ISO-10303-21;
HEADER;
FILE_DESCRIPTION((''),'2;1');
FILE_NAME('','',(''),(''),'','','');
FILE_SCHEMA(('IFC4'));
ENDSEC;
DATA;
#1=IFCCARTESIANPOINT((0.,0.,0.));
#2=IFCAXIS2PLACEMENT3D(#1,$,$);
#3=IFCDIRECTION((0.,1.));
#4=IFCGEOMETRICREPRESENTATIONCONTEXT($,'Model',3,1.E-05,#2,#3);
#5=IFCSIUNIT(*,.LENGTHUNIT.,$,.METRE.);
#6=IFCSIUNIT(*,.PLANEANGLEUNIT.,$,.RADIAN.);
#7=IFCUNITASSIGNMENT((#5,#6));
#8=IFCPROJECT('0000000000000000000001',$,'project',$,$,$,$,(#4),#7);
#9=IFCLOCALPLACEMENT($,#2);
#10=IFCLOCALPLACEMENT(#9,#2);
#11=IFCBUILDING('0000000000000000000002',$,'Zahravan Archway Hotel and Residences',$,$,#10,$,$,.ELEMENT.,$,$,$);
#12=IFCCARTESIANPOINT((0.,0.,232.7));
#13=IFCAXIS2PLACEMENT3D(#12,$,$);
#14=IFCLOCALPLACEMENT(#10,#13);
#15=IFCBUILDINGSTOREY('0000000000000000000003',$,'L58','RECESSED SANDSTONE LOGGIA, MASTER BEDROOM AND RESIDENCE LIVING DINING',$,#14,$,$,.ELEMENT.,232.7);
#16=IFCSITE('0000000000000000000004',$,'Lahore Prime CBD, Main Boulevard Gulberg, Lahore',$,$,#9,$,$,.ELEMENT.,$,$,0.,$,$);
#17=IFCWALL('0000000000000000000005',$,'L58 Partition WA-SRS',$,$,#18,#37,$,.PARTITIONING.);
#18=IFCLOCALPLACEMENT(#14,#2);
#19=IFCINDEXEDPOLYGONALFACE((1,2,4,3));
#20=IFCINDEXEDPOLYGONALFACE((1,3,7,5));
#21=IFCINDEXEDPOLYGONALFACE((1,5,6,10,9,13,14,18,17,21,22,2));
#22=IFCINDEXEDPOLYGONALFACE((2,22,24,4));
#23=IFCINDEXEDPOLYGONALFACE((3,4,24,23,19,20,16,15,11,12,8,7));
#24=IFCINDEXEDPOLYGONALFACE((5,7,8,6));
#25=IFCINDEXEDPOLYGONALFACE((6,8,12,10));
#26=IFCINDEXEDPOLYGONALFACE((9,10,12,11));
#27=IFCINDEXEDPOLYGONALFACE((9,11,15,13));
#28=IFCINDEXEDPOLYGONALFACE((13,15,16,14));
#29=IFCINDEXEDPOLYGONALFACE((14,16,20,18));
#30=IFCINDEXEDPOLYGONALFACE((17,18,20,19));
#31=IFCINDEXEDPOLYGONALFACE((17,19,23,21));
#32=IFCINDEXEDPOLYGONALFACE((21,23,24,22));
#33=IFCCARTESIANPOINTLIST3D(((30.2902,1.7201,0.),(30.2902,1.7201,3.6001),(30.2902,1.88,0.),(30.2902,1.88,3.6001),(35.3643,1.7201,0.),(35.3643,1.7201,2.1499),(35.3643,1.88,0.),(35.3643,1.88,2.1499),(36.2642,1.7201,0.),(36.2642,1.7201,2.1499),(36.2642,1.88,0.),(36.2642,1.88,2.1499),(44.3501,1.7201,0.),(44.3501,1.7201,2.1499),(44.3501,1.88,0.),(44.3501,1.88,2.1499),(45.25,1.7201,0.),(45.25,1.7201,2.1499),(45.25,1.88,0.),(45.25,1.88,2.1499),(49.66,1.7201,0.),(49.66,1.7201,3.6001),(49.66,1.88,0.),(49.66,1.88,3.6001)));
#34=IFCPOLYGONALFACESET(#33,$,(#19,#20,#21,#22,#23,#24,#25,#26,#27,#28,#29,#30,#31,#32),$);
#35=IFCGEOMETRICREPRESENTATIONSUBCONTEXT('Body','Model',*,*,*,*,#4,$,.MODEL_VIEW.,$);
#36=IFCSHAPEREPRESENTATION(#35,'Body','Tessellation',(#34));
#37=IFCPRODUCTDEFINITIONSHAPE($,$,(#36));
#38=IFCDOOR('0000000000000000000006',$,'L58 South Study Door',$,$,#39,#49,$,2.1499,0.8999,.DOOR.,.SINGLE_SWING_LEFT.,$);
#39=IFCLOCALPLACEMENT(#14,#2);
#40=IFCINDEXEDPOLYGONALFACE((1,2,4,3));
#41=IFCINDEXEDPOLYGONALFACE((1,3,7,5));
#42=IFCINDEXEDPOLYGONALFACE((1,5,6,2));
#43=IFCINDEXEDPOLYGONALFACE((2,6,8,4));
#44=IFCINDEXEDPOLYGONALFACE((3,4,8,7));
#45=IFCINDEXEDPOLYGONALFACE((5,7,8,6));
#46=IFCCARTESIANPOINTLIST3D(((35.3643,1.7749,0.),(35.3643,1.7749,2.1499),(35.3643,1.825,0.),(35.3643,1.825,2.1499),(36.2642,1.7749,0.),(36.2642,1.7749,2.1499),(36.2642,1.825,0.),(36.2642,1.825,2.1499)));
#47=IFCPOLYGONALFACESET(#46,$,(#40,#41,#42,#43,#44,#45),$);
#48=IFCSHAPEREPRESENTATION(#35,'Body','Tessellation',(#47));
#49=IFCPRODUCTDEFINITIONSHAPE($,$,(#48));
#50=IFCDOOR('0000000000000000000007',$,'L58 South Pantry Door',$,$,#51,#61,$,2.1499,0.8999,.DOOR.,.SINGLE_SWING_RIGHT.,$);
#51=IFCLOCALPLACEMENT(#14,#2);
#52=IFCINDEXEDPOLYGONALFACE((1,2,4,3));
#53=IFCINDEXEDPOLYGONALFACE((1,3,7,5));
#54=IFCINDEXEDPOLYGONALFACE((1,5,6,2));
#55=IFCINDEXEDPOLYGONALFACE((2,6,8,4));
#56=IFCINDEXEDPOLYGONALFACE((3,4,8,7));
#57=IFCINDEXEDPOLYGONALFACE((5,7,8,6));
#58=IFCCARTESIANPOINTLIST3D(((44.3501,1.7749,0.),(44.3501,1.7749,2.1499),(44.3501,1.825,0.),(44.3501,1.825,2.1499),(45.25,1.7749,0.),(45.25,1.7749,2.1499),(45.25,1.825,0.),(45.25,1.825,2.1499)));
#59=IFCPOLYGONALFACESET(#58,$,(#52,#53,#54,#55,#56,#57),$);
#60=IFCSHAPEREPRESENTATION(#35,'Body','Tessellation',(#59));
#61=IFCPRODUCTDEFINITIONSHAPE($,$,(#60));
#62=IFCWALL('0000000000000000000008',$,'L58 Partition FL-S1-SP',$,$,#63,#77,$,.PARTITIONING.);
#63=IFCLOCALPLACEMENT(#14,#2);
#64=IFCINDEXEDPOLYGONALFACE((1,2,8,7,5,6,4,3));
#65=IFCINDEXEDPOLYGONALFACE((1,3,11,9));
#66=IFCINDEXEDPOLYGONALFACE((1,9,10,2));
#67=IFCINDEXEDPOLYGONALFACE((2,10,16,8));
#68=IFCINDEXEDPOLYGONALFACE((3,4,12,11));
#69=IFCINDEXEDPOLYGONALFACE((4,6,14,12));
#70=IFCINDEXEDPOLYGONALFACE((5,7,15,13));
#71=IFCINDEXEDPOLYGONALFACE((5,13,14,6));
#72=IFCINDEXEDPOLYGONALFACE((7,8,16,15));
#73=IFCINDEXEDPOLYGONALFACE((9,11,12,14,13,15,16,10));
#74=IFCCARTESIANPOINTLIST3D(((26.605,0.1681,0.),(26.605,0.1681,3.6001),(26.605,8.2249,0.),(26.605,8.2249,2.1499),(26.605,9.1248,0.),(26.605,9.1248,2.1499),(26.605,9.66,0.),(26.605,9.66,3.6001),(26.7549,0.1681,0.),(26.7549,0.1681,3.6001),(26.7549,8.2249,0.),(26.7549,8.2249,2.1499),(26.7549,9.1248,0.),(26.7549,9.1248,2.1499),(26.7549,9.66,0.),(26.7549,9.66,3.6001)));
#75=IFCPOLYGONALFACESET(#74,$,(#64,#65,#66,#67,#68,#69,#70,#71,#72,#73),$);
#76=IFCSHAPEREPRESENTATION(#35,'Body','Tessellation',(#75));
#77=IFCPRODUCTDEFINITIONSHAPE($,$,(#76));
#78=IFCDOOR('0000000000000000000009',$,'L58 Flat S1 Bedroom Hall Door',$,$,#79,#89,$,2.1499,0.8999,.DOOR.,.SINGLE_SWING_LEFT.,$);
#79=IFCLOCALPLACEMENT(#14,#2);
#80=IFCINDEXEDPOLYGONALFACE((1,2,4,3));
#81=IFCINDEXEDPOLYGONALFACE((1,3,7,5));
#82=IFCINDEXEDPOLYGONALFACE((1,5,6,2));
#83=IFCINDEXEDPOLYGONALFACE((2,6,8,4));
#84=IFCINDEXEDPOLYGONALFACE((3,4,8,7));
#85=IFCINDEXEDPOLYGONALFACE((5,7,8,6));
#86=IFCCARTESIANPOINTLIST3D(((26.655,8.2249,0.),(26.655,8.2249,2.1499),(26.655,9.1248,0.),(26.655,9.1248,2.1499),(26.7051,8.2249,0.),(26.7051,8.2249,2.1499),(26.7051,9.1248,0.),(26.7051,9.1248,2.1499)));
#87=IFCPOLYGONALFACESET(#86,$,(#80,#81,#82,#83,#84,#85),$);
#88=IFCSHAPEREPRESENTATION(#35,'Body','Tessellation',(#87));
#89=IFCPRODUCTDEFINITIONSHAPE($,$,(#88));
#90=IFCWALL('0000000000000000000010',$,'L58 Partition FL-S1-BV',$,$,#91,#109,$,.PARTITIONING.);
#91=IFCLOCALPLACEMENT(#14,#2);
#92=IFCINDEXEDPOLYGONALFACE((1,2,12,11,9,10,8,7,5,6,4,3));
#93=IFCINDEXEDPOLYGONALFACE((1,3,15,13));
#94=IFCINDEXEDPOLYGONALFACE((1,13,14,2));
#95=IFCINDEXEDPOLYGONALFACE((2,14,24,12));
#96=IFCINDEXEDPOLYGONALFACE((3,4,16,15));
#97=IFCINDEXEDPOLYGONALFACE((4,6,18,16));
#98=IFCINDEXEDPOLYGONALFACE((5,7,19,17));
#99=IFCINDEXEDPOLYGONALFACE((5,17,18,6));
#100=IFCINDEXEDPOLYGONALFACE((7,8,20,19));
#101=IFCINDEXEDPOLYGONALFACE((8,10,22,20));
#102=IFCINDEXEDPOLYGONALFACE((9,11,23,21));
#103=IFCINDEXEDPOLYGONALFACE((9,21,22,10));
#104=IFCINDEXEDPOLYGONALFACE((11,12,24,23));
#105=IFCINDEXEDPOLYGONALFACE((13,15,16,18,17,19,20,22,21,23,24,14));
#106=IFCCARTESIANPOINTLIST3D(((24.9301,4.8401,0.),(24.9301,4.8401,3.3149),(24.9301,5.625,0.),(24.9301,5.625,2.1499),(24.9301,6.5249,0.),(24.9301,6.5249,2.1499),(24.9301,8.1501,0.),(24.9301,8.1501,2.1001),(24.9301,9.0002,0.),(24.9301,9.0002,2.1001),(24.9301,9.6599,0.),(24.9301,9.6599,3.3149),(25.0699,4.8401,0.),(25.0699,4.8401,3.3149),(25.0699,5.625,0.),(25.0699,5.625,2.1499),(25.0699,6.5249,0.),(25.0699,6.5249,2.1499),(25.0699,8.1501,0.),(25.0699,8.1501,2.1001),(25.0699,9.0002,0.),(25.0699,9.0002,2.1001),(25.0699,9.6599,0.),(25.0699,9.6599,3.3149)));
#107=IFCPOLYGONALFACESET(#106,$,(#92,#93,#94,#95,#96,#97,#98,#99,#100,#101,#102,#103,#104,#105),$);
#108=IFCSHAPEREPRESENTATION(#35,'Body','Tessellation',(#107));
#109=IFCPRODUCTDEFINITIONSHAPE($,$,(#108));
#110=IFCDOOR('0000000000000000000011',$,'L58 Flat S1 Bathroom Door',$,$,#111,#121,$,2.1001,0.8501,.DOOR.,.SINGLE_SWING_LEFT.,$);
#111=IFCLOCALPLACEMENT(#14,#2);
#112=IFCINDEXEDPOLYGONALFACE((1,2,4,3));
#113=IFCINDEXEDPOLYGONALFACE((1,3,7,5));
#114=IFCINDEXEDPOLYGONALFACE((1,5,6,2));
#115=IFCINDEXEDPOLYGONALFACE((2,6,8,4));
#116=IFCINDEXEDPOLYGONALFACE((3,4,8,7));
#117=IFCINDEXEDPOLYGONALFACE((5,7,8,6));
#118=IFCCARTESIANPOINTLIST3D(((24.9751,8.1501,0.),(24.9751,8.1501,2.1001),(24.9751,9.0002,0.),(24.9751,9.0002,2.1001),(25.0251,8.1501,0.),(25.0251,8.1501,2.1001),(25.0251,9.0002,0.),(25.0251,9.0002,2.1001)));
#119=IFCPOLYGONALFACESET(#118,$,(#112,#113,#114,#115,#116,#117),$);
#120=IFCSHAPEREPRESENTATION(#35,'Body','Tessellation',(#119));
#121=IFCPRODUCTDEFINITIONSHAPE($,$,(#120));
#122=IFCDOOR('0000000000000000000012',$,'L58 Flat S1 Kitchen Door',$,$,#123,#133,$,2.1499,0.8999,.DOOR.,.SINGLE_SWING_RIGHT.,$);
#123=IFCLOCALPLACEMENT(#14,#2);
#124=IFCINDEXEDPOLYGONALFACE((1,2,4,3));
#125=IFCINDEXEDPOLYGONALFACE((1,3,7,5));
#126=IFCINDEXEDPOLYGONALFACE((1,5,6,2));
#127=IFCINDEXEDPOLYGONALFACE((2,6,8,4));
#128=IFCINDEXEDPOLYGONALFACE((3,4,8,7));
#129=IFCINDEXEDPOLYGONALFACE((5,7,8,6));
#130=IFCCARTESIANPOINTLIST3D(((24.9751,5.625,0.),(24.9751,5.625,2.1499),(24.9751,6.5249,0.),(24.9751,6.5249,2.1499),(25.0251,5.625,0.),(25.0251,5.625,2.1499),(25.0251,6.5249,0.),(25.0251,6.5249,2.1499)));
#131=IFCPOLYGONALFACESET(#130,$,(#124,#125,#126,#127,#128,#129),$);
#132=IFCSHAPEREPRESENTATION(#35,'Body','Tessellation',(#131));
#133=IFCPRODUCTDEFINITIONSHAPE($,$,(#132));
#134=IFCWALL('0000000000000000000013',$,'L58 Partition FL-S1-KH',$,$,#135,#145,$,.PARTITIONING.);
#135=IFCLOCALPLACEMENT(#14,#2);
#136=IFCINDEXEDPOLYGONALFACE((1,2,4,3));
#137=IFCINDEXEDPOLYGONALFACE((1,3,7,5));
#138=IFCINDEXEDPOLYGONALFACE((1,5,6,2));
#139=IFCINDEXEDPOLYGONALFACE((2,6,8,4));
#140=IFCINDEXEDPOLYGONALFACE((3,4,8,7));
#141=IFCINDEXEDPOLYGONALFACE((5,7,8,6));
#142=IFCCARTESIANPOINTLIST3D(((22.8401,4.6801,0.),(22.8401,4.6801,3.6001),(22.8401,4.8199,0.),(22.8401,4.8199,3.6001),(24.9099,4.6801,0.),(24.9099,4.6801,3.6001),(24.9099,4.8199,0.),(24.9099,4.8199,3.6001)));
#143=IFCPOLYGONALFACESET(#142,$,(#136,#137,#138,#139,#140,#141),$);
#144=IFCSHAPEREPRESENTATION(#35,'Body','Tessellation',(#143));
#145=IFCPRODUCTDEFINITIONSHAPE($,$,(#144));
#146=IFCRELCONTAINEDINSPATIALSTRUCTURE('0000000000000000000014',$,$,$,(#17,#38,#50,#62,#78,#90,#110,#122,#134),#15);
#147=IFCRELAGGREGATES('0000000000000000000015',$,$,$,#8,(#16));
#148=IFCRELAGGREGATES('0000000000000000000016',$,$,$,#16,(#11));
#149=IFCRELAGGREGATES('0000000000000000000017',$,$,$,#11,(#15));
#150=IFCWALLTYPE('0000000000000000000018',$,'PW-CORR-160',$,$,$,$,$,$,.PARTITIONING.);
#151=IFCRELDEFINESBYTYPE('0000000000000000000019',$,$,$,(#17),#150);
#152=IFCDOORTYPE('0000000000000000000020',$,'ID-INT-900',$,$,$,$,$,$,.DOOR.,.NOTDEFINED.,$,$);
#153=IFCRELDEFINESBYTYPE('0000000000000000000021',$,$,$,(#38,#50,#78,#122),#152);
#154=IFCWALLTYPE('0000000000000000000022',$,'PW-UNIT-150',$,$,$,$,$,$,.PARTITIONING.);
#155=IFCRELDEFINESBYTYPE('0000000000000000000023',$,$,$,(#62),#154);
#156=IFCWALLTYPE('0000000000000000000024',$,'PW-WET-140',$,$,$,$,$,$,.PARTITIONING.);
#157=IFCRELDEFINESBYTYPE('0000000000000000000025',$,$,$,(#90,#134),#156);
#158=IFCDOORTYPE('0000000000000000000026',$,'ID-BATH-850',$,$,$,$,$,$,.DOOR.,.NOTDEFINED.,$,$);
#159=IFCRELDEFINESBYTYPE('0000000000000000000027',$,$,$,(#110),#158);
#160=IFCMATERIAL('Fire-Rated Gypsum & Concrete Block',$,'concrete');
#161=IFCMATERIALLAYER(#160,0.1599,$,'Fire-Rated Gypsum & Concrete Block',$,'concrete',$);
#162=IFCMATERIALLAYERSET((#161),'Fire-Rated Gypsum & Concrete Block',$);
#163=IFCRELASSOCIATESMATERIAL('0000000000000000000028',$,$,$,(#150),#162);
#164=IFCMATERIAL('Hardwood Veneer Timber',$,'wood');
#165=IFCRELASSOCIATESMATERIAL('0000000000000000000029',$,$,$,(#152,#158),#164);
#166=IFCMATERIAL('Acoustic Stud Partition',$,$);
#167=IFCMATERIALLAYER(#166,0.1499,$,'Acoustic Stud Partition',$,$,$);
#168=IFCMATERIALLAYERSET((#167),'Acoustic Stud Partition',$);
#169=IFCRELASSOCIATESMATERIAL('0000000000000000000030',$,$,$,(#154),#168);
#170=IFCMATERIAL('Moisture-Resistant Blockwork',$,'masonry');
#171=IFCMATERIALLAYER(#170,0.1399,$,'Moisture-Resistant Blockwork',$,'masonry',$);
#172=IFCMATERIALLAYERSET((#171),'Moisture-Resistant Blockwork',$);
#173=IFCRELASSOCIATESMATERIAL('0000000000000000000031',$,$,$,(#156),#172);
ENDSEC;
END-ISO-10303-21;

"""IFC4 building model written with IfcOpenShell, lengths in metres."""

from ifc_helpers import new_model, si_unit, direction, frame, frame_2d, origin, place, context, subcontext, project, spatial, rectangle, extrude, source, transform, mapped, material, layer, layer_set, type_object, type_shapes, element, fill, save


model = new_model("IFC4")

# Units and contexts
model_context = context("Model", 3, precision=1e-05, world=origin(), true_north=direction((0.0, 1.0)))
body_context = subcontext(model_context, "Body", "Model", "MODEL_VIEW")
ifc_project = project(units=[si_unit("LENGTHUNIT", "METRE"), si_unit("PLANEANGLEUNIT", "RADIAN")], contexts=[model_context])

# Site, building, storey
site_placement = place(None, origin())
site = spatial("IfcSite", under=ifc_project, at=site_placement, Name="Lahore Prime CBD, Main Boulevard Gulberg, Lahore", CompositionType="ELEMENT", RefElevation=0.0)
building_placement = place(site_placement, origin())
building = spatial("IfcBuilding", under=site, at=building_placement, Name="Zahravan Archway Hotel and Residences", CompositionType="ELEMENT")
storey_placement = place(building_placement, frame((0.0, 0.0, 232.7)))
storey = spatial("IfcBuildingStorey", under=building, at=storey_placement, Name="L58", Description="RECESSED SANDSTONE LOGGIA, MASTER BEDROOM AND RESIDENCE LIVING DINING", CompositionType="ELEMENT", Elevation=232.7)

# Shared definitions
ifc_material_1 = material(Name="Fire-Rated Gypsum & Concrete Block", Category="concrete")

# Shared definitions
ifc_layer_1 = layer(ifc_material_1, 0.1599, Name="Fire-Rated Gypsum & Concrete Block", Category="concrete")
ifc_layer_set_1 = layer_set([ifc_layer_1], Name="Fire-Rated Gypsum & Concrete Block")
wall_type_1 = type_object("IfcWallType", Name="PW-CORR-160", PredefinedType="PARTITIONING", material=ifc_layer_set_1)

# Wall, openings, doors
wall_1_placement = place(storey_placement, frame((30.29, 1.8, 0.0), z_axis=(0.0, 0.0, 1.0), x_axis=(1.0, 0.0, 0.0)))
wall_1 = element("IfcWall", 1, at=wall_1_placement, inside=storey, type_object=wall_type_1, Name="L58 Partition WA-SRS", PredefinedType="PARTITIONING", context=body_context, shape_type="SweptSolid", body=[
    extrude(rectangle(XDim=19.3699, YDim=0.1599, at=frame_2d((9.6851, 0.0))), origin(), (0.0, 0.0, 1.0), 3.6001),
])
opening_1_placement = place(wall_1_placement, frame((5.0742, 0.0, 0.0)))
opening_1 = element("IfcOpeningElement", 2, at=opening_1_placement, cuts=wall_1, PredefinedType="OPENING", context=body_context, shape_type="SweptSolid", body=[
    extrude(rectangle(XDim=0.8999, YDim=2.1499, at=frame_2d((0.45, 1.075))), frame((0.0, 0.0898, 0.0), z_axis=(0.0, -1.0, 0.0), x_axis=(1.0, 0.0, 0.0)), (0.0, 0.0, 1.0), 0.1799),
])
opening_2_placement = place(wall_1_placement, frame((14.0601, 0.0, 0.0)))
opening_2 = element("IfcOpeningElement", 3, at=opening_2_placement, cuts=wall_1, PredefinedType="OPENING", context=body_context, shape_type="SweptSolid", body=[
    extrude(rectangle(XDim=0.8999, YDim=2.1499, at=frame_2d((0.45, 1.075))), frame((0.0, 0.0898, 0.0), z_axis=(0.0, -1.0, 0.0), x_axis=(1.0, 0.0, 0.0)), (0.0, 0.0, 1.0), 0.1799),
])
ifc_material_2 = material(Name="Hardwood Veneer Timber", Category="wood")
door_type_1 = type_object("IfcDoorType", Name="ID-INT-900", OperationType="NOTDEFINED", PredefinedType="DOOR", material=ifc_material_2)
shared_shape_1 = source(origin(), body_context, "Body", "SweptSolid", [
    extrude(rectangle(XDim=0.8999, YDim=2.1499, at=frame_2d((0.45, 1.075))), frame((0.0, 0.0249, 0.0), z_axis=(0.0, -1.0, 0.0), x_axis=(1.0, 0.0, 0.0)), (0.0, 0.0, 1.0), 0.05),
])
type_shapes(door_type_1, [shared_shape_1])
door_1_placement = place(opening_1_placement, origin())
door_1 = element("IfcDoor", 4, at=door_1_placement, inside=storey, type_object=door_type_1, Name="L58 South Study Door", OperationType="SINGLE_SWING_LEFT", OverallHeight=2.1499, OverallWidth=0.8999, PredefinedType="DOOR", context=body_context, shape_type="MappedRepresentation", body=[
    mapped(shared_shape_1, transform((0.0, 0.0, 0.0), scale=1.0)),
])
fill(opening_1, door_1)
door_2_placement = place(opening_2_placement, origin())
door_2 = element("IfcDoor", 5, at=door_2_placement, inside=storey, type_object=door_type_1, Name="L58 South Pantry Door", OperationType="SINGLE_SWING_RIGHT", OverallHeight=2.1499, OverallWidth=0.8999, PredefinedType="DOOR", context=body_context, shape_type="MappedRepresentation", body=[
    mapped(shared_shape_1, transform((0.0, 0.0, 0.0), scale=1.0)),
])
fill(opening_2, door_2)

# Wall, opening, door
ifc_material_3 = material(Name="Acoustic Stud Partition")
ifc_layer_2 = layer(ifc_material_3, 0.1499, Name="Acoustic Stud Partition")
ifc_layer_set_2 = layer_set([ifc_layer_2], Name="Acoustic Stud Partition")
wall_type_2 = type_object("IfcWallType", Name="PW-UNIT-150", PredefinedType="PARTITIONING", material=ifc_layer_set_2)
wall_2_placement = place(storey_placement, frame((26.6799, 0.168, 0.0), z_axis=(0.0, 0.0, 1.0), x_axis=(0.0, 1.0, 0.0)))
wall_2 = element("IfcWall", 6, at=wall_2_placement, inside=storey, type_object=wall_type_2, Name="L58 Partition FL-S1-SP", PredefinedType="PARTITIONING", context=body_context, shape_type="SweptSolid", body=[
    extrude(rectangle(XDim=9.4919, YDim=0.1499, at=frame_2d((4.7461, 0.0))), origin(), (0.0, 0.0, 1.0), 3.6001),
])
opening_3_placement = place(wall_2_placement, frame((8.0569, 0.0, 0.0)))
opening_3 = element("IfcOpeningElement", 7, at=opening_3_placement, cuts=wall_2, PredefinedType="OPENING", context=body_context, shape_type="SweptSolid", body=[
    extrude(rectangle(XDim=0.8999, YDim=2.1499, at=frame_2d((0.45, 1.075))), frame((0.0, 0.085, 0.0), z_axis=(0.0, -1.0, 0.0), x_axis=(1.0, 0.0, 0.0)), (0.0, 0.0, 1.0), 0.1699),
])
door_3_placement = place(opening_3_placement, origin())
door_3 = element("IfcDoor", 8, at=door_3_placement, inside=storey, type_object=door_type_1, Name="L58 Flat S1 Bedroom Hall Door", OperationType="SINGLE_SWING_LEFT", OverallHeight=2.1499, OverallWidth=0.8999, PredefinedType="DOOR", context=body_context, shape_type="MappedRepresentation", body=[
    mapped(shared_shape_1, transform((0.0, 0.0, 0.0), scale=1.0)),
])
fill(opening_3, door_3)

# Wall, openings, doors
ifc_material_4 = material(Name="Moisture-Resistant Blockwork", Category="masonry")
ifc_layer_3 = layer(ifc_material_4, 0.1399, Name="Moisture-Resistant Blockwork", Category="masonry")
ifc_layer_set_3 = layer_set([ifc_layer_3], Name="Moisture-Resistant Blockwork")
wall_type_3 = type_object("IfcWallType", Name="PW-WET-140", PredefinedType="PARTITIONING", material=ifc_layer_set_3)
wall_3_placement = place(storey_placement, frame((25.0, 4.8401, 0.0), z_axis=(0.0, 0.0, 1.0), x_axis=(0.0, 1.0, 0.0)))
wall_3 = element("IfcWall", 9, at=wall_3_placement, inside=storey, type_object=wall_type_3, Name="L58 Partition FL-S1-BV", PredefinedType="PARTITIONING", context=body_context, shape_type="SweptSolid", body=[
    extrude(rectangle(XDim=4.8198, YDim=0.1399, at=frame_2d((2.4099, 0.0))), origin(), (0.0, 0.0, 1.0), 3.3149),
])
opening_4_placement = place(wall_3_placement, frame((0.7849, 0.0, 0.0)))
opening_4 = element("IfcOpeningElement", 10, at=opening_4_placement, cuts=wall_3, PredefinedType="OPENING", context=body_context, shape_type="SweptSolid", body=[
    extrude(rectangle(XDim=0.8999, YDim=2.1499, at=frame_2d((0.45, 1.075))), frame((0.0, 0.0801, 0.0), z_axis=(0.0, -1.0, 0.0), x_axis=(1.0, 0.0, 0.0)), (0.0, 0.0, 1.0), 0.1599),
])
opening_5_placement = place(wall_3_placement, frame((3.3101, 0.0, 0.0)))
opening_5 = element("IfcOpeningElement", 11, at=opening_5_placement, cuts=wall_3, PredefinedType="OPENING", context=body_context, shape_type="SweptSolid", body=[
    extrude(rectangle(XDim=0.8501, YDim=2.1001, at=frame_2d((0.425, 1.05))), frame((0.0, 0.0801, 0.0), z_axis=(0.0, -1.0, 0.0), x_axis=(1.0, 0.0, 0.0)), (0.0, 0.0, 1.0), 0.1599),
])
door_type_2 = type_object("IfcDoorType", Name="ID-BATH-850", OperationType="NOTDEFINED", PredefinedType="DOOR", material=ifc_material_2)
shared_shape_2 = source(origin(), body_context, "Body", "SweptSolid", [
    extrude(rectangle(XDim=0.8501, YDim=2.1001, at=frame_2d((0.425, 1.05))), frame((0.0, 0.0249, 0.0), z_axis=(0.0, -1.0, 0.0), x_axis=(1.0, 0.0, 0.0)), (0.0, 0.0, 1.0), 0.05),
])
type_shapes(door_type_2, [shared_shape_2])
door_4_placement = place(opening_5_placement, origin())
door_4 = element("IfcDoor", 12, at=door_4_placement, inside=storey, type_object=door_type_2, Name="L58 Flat S1 Bathroom Door", OperationType="SINGLE_SWING_LEFT", OverallHeight=2.1001, OverallWidth=0.8501, PredefinedType="DOOR", context=body_context, shape_type="MappedRepresentation", body=[
    mapped(shared_shape_2, transform((0.0, 0.0, 0.0), scale=1.0)),
])
fill(opening_5, door_4)
door_5_placement = place(opening_4_placement, origin())
door_5 = element("IfcDoor", 13, at=door_5_placement, inside=storey, type_object=door_type_1, Name="L58 Flat S1 Kitchen Door", OperationType="SINGLE_SWING_RIGHT", OverallHeight=2.1499, OverallWidth=0.8999, PredefinedType="DOOR", context=body_context, shape_type="MappedRepresentation", body=[
    mapped(shared_shape_1, transform((0.0, 0.0, 0.0), scale=1.0)),
])
fill(opening_4, door_5)

# Wall
wall_4_placement = place(storey_placement, frame((22.8401, 4.75, 0.0), z_axis=(0.0, 0.0, 1.0), x_axis=(1.0, 0.0, 0.0)))
element("IfcWall", 14, at=wall_4_placement, inside=storey, type_object=wall_type_3, Name="L58 Partition FL-S1-KH", PredefinedType="PARTITIONING", context=body_context, shape_type="SweptSolid", body=[
    extrude(rectangle(XDim=2.0698, YDim=0.1399, at=frame_2d((1.0349, 0.0))), origin(), (0.0, 0.0, 1.0), 3.6001),
])

save(model, "model.ifc")
